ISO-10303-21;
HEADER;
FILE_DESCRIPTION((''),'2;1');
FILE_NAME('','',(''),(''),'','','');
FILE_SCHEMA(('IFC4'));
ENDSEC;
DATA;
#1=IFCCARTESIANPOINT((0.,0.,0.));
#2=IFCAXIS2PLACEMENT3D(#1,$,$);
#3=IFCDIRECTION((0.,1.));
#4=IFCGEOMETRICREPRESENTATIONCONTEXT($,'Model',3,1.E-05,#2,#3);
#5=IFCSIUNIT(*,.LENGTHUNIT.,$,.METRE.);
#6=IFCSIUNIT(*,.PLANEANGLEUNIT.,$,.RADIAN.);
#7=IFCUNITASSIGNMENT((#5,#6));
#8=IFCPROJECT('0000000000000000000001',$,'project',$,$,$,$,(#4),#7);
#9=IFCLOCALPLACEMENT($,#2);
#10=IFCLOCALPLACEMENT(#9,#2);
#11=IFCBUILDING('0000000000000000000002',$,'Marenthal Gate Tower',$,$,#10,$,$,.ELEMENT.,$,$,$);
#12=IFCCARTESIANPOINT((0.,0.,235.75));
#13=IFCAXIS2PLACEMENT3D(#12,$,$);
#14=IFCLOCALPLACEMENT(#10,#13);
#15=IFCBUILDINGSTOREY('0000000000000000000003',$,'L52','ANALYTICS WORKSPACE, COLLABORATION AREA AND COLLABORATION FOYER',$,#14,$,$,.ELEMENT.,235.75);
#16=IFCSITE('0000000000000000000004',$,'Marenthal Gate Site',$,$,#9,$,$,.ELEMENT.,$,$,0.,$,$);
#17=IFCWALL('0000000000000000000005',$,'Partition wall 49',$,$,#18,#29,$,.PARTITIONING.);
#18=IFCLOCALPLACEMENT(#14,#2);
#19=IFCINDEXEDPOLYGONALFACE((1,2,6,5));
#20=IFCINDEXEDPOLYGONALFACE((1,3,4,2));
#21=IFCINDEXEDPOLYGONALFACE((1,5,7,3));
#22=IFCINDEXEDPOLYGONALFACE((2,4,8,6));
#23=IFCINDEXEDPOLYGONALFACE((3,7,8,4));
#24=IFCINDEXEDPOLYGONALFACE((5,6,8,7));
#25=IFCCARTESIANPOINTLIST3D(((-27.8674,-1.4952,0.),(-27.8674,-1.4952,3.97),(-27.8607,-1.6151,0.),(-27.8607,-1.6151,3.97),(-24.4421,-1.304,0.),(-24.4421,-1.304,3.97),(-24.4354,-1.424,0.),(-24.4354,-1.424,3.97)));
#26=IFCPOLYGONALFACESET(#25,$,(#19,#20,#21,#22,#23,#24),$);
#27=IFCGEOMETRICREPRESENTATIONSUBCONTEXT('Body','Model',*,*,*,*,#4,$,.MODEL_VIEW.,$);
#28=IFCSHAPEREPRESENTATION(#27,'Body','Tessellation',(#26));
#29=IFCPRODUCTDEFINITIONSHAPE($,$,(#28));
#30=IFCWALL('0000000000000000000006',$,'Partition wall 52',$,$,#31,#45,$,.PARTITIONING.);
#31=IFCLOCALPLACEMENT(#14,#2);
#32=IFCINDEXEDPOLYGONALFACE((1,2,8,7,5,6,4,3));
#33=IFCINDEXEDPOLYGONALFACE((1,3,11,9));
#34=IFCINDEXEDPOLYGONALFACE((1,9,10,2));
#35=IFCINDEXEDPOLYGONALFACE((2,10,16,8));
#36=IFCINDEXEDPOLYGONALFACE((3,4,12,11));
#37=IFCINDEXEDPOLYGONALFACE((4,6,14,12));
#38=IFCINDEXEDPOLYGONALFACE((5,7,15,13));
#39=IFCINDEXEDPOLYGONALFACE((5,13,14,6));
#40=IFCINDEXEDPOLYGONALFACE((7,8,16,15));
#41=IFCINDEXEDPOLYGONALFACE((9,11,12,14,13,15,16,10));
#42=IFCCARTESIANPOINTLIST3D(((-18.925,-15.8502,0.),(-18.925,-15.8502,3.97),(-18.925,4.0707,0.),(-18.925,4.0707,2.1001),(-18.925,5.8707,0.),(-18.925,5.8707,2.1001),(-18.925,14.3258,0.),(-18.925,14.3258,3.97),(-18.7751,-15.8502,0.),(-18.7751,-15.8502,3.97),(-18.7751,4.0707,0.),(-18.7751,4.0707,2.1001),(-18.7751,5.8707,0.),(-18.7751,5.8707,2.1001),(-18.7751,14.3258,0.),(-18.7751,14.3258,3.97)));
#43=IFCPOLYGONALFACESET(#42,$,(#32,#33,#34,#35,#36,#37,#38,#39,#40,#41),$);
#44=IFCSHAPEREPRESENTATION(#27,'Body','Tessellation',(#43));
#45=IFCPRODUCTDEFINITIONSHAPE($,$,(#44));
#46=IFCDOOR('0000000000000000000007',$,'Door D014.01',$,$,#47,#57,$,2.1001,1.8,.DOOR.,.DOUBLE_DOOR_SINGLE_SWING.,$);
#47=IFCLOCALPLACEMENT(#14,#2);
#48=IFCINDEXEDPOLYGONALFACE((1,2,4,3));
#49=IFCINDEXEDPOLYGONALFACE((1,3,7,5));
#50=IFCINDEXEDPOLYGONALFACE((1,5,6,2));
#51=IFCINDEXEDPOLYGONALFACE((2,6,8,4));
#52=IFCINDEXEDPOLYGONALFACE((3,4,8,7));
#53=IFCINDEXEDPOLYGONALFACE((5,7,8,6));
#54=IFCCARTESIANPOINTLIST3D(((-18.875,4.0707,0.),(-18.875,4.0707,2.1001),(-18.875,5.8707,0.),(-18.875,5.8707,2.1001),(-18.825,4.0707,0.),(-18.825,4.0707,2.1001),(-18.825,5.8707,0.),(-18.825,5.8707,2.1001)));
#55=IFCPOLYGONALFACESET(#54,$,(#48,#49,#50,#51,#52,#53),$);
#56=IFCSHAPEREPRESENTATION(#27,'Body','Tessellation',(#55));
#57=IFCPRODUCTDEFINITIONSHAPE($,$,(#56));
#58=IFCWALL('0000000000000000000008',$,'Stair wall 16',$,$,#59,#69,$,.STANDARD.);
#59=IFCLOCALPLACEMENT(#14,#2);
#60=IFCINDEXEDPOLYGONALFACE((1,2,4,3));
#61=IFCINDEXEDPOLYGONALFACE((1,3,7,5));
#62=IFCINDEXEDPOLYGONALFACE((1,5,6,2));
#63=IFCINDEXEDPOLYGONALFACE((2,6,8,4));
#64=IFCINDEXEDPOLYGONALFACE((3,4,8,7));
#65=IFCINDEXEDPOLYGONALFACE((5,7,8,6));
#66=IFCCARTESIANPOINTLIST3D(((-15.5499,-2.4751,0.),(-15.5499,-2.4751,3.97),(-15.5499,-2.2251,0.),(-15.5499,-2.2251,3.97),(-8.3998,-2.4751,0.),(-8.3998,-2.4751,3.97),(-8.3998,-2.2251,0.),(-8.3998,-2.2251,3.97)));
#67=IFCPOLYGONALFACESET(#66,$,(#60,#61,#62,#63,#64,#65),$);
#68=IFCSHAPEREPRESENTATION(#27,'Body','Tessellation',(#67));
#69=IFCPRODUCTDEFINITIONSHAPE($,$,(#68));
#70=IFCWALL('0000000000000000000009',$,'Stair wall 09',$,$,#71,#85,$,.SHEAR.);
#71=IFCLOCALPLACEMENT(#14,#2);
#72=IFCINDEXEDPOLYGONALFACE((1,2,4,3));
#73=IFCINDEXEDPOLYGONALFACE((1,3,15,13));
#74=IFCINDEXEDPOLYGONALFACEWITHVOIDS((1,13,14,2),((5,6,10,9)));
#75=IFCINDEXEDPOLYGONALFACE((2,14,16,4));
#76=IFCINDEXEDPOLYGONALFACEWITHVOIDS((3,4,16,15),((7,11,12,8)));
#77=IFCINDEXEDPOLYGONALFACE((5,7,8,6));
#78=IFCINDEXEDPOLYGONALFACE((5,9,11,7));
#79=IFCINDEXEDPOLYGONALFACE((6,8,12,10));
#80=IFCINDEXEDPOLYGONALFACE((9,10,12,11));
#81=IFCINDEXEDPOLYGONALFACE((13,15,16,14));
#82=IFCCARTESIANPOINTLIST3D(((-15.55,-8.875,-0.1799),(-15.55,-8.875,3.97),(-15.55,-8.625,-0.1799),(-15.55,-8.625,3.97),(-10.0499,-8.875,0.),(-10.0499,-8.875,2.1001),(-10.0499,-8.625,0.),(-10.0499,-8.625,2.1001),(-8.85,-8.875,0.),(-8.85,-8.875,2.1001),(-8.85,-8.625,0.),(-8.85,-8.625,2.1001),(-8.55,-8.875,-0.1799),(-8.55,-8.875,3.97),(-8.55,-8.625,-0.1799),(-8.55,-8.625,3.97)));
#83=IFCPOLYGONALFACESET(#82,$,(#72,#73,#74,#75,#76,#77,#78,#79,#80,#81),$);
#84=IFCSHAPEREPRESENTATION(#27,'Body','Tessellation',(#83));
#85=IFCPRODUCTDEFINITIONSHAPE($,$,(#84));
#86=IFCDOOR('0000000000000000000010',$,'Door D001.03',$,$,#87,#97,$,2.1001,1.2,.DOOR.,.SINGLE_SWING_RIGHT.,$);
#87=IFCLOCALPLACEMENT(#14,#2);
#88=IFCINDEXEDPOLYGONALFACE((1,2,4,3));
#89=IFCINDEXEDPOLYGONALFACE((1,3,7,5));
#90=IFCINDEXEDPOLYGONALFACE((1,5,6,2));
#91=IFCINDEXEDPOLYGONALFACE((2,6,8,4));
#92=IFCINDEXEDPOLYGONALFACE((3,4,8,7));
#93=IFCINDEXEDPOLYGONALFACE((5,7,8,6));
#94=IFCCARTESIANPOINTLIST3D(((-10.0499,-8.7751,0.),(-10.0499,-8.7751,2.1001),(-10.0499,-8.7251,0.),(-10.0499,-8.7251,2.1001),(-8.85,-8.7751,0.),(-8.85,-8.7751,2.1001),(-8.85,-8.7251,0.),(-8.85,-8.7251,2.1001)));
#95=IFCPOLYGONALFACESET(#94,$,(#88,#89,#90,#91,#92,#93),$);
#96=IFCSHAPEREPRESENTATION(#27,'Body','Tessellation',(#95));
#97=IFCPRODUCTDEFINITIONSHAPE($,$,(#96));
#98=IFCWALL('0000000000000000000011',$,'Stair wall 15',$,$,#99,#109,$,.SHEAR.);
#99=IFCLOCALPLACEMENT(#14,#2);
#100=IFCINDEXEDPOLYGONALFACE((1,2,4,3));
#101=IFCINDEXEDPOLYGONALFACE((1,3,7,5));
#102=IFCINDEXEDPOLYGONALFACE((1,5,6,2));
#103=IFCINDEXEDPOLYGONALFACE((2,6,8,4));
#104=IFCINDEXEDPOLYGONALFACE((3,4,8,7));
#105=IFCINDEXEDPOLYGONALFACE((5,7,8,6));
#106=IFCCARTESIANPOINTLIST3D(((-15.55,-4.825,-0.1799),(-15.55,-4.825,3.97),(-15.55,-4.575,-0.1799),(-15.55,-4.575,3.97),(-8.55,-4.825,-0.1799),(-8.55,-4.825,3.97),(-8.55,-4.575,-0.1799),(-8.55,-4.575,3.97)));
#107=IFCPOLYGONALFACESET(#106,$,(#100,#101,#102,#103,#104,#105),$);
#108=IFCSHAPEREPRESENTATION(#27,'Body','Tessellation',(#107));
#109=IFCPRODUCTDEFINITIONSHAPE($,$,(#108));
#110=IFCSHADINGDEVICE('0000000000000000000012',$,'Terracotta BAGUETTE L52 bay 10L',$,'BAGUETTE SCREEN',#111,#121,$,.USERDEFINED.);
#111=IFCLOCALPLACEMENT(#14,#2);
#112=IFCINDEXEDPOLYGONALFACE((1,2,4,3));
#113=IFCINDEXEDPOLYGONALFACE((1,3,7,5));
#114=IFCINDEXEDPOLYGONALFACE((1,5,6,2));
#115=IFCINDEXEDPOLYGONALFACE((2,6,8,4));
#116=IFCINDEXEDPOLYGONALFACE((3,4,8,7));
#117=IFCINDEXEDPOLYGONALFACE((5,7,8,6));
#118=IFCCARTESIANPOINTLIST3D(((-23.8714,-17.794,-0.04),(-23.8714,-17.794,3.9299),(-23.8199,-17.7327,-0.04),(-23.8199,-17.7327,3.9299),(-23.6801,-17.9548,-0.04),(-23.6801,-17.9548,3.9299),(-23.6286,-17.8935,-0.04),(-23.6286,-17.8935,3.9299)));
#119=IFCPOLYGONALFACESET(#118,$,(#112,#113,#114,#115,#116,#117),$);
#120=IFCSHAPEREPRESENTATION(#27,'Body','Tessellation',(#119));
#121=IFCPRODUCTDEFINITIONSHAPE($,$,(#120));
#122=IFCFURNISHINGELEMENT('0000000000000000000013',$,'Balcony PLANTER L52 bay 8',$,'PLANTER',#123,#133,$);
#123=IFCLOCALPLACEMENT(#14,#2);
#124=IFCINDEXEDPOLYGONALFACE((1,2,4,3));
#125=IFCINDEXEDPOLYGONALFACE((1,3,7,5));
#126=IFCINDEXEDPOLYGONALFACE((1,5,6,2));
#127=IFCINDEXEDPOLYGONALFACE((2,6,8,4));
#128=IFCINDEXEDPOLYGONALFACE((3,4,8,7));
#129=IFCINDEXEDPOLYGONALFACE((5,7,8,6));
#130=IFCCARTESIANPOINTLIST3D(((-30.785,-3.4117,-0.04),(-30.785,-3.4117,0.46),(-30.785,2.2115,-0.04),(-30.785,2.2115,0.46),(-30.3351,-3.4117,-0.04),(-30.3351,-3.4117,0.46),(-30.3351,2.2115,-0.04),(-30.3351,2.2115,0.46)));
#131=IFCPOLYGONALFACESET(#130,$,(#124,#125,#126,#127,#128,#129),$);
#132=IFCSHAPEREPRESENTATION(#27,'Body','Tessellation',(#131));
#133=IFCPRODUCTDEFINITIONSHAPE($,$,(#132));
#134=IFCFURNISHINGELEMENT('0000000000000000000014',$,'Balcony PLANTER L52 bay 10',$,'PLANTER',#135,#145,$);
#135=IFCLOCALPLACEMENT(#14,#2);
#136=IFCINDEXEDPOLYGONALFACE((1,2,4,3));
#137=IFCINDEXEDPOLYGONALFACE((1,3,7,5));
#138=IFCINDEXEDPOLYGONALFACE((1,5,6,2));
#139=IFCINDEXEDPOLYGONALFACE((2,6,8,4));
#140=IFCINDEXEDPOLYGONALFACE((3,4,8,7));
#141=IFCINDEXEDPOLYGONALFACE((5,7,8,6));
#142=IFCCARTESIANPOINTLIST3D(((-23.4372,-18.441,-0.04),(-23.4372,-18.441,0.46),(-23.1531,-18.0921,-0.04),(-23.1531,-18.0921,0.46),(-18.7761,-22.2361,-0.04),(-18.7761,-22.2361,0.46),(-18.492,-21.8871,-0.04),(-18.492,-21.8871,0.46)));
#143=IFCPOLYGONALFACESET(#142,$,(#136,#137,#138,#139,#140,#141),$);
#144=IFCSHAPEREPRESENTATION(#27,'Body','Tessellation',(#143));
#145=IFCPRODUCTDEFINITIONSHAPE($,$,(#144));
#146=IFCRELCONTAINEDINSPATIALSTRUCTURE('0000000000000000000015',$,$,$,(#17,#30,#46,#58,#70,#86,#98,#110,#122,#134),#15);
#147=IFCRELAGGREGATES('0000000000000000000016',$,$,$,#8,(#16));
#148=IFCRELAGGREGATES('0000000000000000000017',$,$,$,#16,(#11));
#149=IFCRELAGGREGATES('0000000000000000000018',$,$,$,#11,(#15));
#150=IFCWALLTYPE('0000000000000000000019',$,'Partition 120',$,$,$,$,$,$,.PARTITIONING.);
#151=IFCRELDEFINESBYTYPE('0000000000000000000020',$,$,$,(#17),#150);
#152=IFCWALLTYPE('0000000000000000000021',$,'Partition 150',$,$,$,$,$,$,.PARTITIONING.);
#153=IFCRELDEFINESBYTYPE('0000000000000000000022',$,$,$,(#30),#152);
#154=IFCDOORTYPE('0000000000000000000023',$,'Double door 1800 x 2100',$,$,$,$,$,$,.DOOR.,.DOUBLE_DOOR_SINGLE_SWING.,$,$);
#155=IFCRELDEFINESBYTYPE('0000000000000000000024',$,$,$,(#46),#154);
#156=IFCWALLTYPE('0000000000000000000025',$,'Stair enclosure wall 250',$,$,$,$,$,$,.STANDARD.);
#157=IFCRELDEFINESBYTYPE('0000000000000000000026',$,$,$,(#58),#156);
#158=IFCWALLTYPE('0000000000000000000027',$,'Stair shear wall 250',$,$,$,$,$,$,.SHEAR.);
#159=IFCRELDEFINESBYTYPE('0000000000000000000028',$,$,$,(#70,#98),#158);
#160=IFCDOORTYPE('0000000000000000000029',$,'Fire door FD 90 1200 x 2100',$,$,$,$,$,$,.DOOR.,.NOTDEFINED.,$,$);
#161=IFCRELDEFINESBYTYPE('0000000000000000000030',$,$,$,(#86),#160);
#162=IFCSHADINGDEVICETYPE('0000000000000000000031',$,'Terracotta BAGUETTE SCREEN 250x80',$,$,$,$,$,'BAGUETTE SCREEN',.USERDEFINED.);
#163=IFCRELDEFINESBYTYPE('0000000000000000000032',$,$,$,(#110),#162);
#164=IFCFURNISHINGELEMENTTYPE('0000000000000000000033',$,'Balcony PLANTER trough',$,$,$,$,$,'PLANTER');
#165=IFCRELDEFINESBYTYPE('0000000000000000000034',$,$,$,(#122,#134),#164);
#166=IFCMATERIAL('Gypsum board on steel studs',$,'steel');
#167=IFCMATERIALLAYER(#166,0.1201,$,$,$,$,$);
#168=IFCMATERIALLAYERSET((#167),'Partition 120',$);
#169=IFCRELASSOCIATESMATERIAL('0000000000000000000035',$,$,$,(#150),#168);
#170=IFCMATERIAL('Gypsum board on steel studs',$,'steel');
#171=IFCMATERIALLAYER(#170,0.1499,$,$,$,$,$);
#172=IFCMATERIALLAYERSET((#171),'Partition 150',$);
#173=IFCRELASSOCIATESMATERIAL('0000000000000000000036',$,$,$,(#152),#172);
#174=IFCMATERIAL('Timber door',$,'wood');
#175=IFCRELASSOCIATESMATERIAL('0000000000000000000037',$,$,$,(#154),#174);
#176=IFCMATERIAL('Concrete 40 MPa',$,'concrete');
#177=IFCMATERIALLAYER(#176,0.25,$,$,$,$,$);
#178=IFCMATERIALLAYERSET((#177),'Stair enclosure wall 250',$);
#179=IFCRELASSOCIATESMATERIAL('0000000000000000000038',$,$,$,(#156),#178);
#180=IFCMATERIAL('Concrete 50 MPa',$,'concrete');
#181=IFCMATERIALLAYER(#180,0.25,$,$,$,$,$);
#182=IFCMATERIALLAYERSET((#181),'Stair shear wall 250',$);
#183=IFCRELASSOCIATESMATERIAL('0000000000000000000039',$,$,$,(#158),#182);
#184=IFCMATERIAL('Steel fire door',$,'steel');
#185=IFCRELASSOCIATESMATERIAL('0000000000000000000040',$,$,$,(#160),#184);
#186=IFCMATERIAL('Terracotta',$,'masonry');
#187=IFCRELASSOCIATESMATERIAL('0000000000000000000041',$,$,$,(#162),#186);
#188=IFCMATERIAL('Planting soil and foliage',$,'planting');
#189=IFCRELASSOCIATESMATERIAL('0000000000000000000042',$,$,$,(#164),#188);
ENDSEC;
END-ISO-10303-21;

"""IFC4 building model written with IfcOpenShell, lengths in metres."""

from ifc_helpers import new_model, si_unit, direction, frame, frame_2d, origin, origin_2d, place, context, subcontext, project, spatial, rectangle, extrude, material, layer, layer_set, material_profile, profile_set, type_object, element, fill, save


model = new_model("IFC4")

# Units and contexts
model_context = context("Model", 3, precision=1e-05, world=origin(), true_north=direction((0.0, 1.0)))
body_context = subcontext(model_context, "Body", "Model", "MODEL_VIEW")
ifc_project = project(units=[si_unit("LENGTHUNIT", "METRE"), si_unit("PLANEANGLEUNIT", "RADIAN")], contexts=[model_context])

# Site, building, storey
site_placement = place(None, origin())
site = spatial("IfcSite", under=ifc_project, at=site_placement, Name="Marenthal Gate Site", CompositionType="ELEMENT", RefElevation=0.0)
building_placement = place(site_placement, origin())
building = spatial("IfcBuilding", under=site, at=building_placement, Name="Marenthal Gate Tower", CompositionType="ELEMENT")
storey_placement = place(building_placement, frame((0.0, 0.0, 235.75)))
storey = spatial("IfcBuildingStorey", under=building, at=storey_placement, Name="L52", Description="ANALYTICS WORKSPACE, COLLABORATION AREA AND COLLABORATION FOYER", CompositionType="ELEMENT", Elevation=235.75)

# Wall
ifc_material_1 = material(Name="Gypsum board on steel studs", Category="steel")
ifc_layer_1 = layer(ifc_material_1, 0.1201)
ifc_layer_set_1 = layer_set([ifc_layer_1], Name="Partition 120")
wall_type_1 = type_object("IfcWallType", Name="Partition 120", PredefinedType="PARTITIONING", material=ifc_layer_set_1)
wall_1_placement = place(storey_placement, frame((-24.4387, -1.364, 0.0), z_axis=(0.0, 0.0, 1.0), x_axis=(-0.998446, -0.055722, 0.0)))
element("IfcWall", 1, at=wall_1_placement, inside=storey, type_object=wall_type_1, Name="Partition wall 49", PredefinedType="PARTITIONING", context=body_context, shape_type="SweptSolid", body=[
    extrude(rectangle(XDim=3.4307, YDim=0.1201, at=frame_2d((1.7153, 0.0))), origin(), (0.0, 0.0, 1.0), 3.97),
])

# Wall, opening, door
ifc_material_2 = material(Name="Gypsum board on steel studs", Category="steel")
ifc_layer_2 = layer(ifc_material_2, 0.1499)
ifc_layer_set_2 = layer_set([ifc_layer_2], Name="Partition 150")
wall_type_2 = type_object("IfcWallType", Name="Partition 150", PredefinedType="PARTITIONING", material=ifc_layer_set_2)
wall_2_placement = place(storey_placement, frame((-18.8501, -15.8501, 0.0), z_axis=(0.0, 0.0, 1.0), x_axis=(0.0, 1.0, 0.0)))
wall_2 = element("IfcWall", 2, at=wall_2_placement, inside=storey, type_object=wall_type_2, Name="Partition wall 52", PredefinedType="PARTITIONING", context=body_context, shape_type="SweptSolid", body=[
    extrude(rectangle(XDim=30.176, YDim=0.1499, at=frame_2d((15.0879, 0.0))), origin(), (0.0, 0.0, 1.0), 3.97),
])
opening_1_placement = place(wall_2_placement, frame((19.9209, 0.0, 0.0)))
opening_1 = element("IfcOpeningElement", 3, at=opening_1_placement, cuts=wall_2, PredefinedType="OPENING", context=body_context, shape_type="SweptSolid", body=[
    extrude(rectangle(XDim=1.8, YDim=2.1001, at=frame_2d((0.8999, 1.05))), frame((0.0, 0.085, 0.0), z_axis=(0.0, -1.0, 0.0), x_axis=(1.0, 0.0, 0.0)), (0.0, 0.0, 1.0), 0.1699),
])
ifc_material_3 = material(Name="Timber door", Category="wood")
door_type_1 = type_object("IfcDoorType", Name="Double door 1800 x 2100", OperationType="DOUBLE_DOOR_SINGLE_SWING", PredefinedType="DOOR", material=ifc_material_3)
door_1_placement = place(opening_1_placement, origin())
door_1 = element("IfcDoor", 4, at=door_1_placement, inside=storey, type_object=door_type_1, Name="Door D014.01", OperationType="DOUBLE_DOOR_SINGLE_SWING", OverallHeight=2.1001, OverallWidth=1.8, PredefinedType="DOOR", context=body_context, shape_type="SweptSolid", body=[
    extrude(rectangle(XDim=1.8, YDim=2.1001, at=frame_2d((0.8999, 1.05))), frame((0.0, 0.0249, 0.0), z_axis=(0.0, -1.0, 0.0), x_axis=(1.0, 0.0, 0.0)), (0.0, 0.0, 1.0), 0.05),
])
fill(opening_1, door_1)

# Wall
ifc_material_4 = material(Name="Concrete 40 MPa", Category="concrete")
ifc_layer_3 = layer(ifc_material_4, 0.25)
ifc_layer_set_3 = layer_set([ifc_layer_3], Name="Stair enclosure wall 250")
wall_type_3 = type_object("IfcWallType", Name="Stair enclosure wall 250", PredefinedType="STANDARD", material=ifc_layer_set_3)
wall_3_placement = place(storey_placement, frame((-15.55, -2.3501, 0.0), z_axis=(0.0, 0.0, 1.0), x_axis=(1.0, 0.0, 0.0)))
element("IfcWall", 5, at=wall_3_placement, inside=storey, type_object=wall_type_3, Name="Stair wall 16", PredefinedType="STANDARD", context=body_context, shape_type="SweptSolid", body=[
    extrude(rectangle(XDim=7.1501, YDim=0.25, at=frame_2d((3.5752, 0.0))), origin(), (0.0, 0.0, 1.0), 3.97),
])

# Wall, opening, door
ifc_material_5 = material(Name="Concrete 50 MPa", Category="concrete")
ifc_layer_4 = layer(ifc_material_5, 0.25)
ifc_layer_set_4 = layer_set([ifc_layer_4], Name="Stair shear wall 250")
wall_type_4 = type_object("IfcWallType", Name="Stair shear wall 250", PredefinedType="SHEAR", material=ifc_layer_set_4)
wall_4_placement = place(storey_placement, frame((-15.55, -8.75, -0.1799), z_axis=(0.0, 0.0, 1.0), x_axis=(1.0, 0.0, 0.0)))
wall_4 = element("IfcWall", 6, at=wall_4_placement, inside=storey, type_object=wall_type_4, Name="Stair wall 09", PredefinedType="SHEAR", context=body_context, shape_type="SweptSolid", body=[
    extrude(rectangle(XDim=7.0, YDim=0.25, at=frame_2d((3.5, 0.0))), origin(), (0.0, 0.0, 1.0), 4.1499),
])
opening_2_placement = place(wall_4_placement, frame((5.5, 0.0, 0.1799)))
opening_2 = element("IfcOpeningElement", 7, at=opening_2_placement, cuts=wall_4, PredefinedType="OPENING", context=body_context, shape_type="SweptSolid", body=[
    extrude(rectangle(XDim=1.2, YDim=2.1001, at=frame_2d((0.6001, 1.05))), frame((0.0, 0.135, 0.0), z_axis=(0.0, -1.0, 0.0), x_axis=(1.0, 0.0, 0.0)), (0.0, 0.0, 1.0), 0.27),
])
ifc_material_6 = material(Name="Steel fire door", Category="steel")
door_type_2 = type_object("IfcDoorType", Name="Fire door FD 90 1200 x 2100", OperationType="NOTDEFINED", PredefinedType="DOOR", material=ifc_material_6)
door_2_placement = place(opening_2_placement, origin())
door_2 = element("IfcDoor", 8, at=door_2_placement, inside=storey, type_object=door_type_2, Name="Door D001.03", OperationType="SINGLE_SWING_RIGHT", OverallHeight=2.1001, OverallWidth=1.2, PredefinedType="DOOR", context=body_context, shape_type="SweptSolid", body=[
    extrude(rectangle(XDim=1.2, YDim=2.1001, at=frame_2d((0.6001, 1.05))), frame((0.0, 0.0249, 0.0), z_axis=(0.0, -1.0, 0.0), x_axis=(1.0, 0.0, 0.0)), (0.0, 0.0, 1.0), 0.05),
])
fill(opening_2, door_2)

# Wall
wall_5_placement = place(storey_placement, frame((-15.55, -4.7, -0.1799), z_axis=(0.0, 0.0, 1.0), x_axis=(1.0, 0.0, 0.0)))
element("IfcWall", 9, at=wall_5_placement, inside=storey, type_object=wall_type_4, Name="Stair wall 15", PredefinedType="SHEAR", context=body_context, shape_type="SweptSolid", body=[
    extrude(rectangle(XDim=7.0, YDim=0.25, at=frame_2d((3.5, 0.0))), origin(), (0.0, 0.0, 1.0), 4.1499),
])

# Shading device
ifc_material_7 = material(Name="Terracotta", Category="masonry")
ifc_material_profile_1 = material_profile(ifc_material_7, rectangle(XDim=0.25, YDim=0.0801, at=origin_2d()), Name="Terracotta baguette 250x80")
ifc_profile_set_1 = profile_set([ifc_material_profile_1], Name="Terracotta")
shading_device_type = type_object("IfcShadingDeviceType", Name="Terracotta BAGUETTE SCREEN 250x80", ElementType="BAGUETTE SCREEN", PredefinedType="USERDEFINED", material=ifc_profile_set_1)
shading_device_placement = place(storey_placement, frame((-23.75, -17.8438, -0.04), z_axis=(0.0, 0.0, 1.0), x_axis=(0.765469, -0.643472, 0.0)))
element("IfcShadingDevice", 10, at=shading_device_placement, inside=storey, type_object=shading_device_type, Name="Terracotta BAGUETTE L52 bay 10L", ObjectType="BAGUETTE SCREEN", PredefinedType="USERDEFINED", context=body_context, shape_type="SweptSolid", body=[
    extrude(rectangle(XDim=0.25, YDim=0.0801, at=origin_2d()), origin(), (0.0, 0.0, 1.0), 3.97),
])

# Furnishing elements
ifc_material_8 = material(Name="Planting soil and foliage", Category="planting")
furnishing_element_type = type_object("IfcFurnishingElementType", Name="Balcony PLANTER trough", ElementType="PLANTER", material=ifc_material_8)
furnishing_1_placement = place(storey_placement, frame((-30.5601, -0.6001, -0.04), z_axis=(0.0, 0.0, 1.0), x_axis=(0.0, -1.0, 0.0)))
element("IfcFurnishingElement", 11, at=furnishing_1_placement, inside=storey, type_object=furnishing_element_type, Name="Balcony PLANTER L52 bay 8", ObjectType="PLANTER", context=body_context, shape_type="SweptSolid", body=[
    extrude(rectangle(XDim=5.6233, YDim=0.45, at=origin_2d()), origin(), (0.0, 0.0, 1.0), 0.5),
])
furnishing_2_placement = place(storey_placement, frame((-20.9646, -20.1641, -0.04), z_axis=(0.0, 0.0, 1.0), x_axis=(0.775469, -0.631385, 0.0)))
element("IfcFurnishingElement", 12, at=furnishing_2_placement, inside=storey, type_object=furnishing_element_type, Name="Balcony PLANTER L52 bay 10", ObjectType="PLANTER", context=body_context, shape_type="SweptSolid", body=[
    extrude(rectangle(XDim=6.0107, YDim=0.45, at=origin_2d()), origin(), (0.0, 0.0, 1.0), 0.5),
])

save(model, "model.ifc")
